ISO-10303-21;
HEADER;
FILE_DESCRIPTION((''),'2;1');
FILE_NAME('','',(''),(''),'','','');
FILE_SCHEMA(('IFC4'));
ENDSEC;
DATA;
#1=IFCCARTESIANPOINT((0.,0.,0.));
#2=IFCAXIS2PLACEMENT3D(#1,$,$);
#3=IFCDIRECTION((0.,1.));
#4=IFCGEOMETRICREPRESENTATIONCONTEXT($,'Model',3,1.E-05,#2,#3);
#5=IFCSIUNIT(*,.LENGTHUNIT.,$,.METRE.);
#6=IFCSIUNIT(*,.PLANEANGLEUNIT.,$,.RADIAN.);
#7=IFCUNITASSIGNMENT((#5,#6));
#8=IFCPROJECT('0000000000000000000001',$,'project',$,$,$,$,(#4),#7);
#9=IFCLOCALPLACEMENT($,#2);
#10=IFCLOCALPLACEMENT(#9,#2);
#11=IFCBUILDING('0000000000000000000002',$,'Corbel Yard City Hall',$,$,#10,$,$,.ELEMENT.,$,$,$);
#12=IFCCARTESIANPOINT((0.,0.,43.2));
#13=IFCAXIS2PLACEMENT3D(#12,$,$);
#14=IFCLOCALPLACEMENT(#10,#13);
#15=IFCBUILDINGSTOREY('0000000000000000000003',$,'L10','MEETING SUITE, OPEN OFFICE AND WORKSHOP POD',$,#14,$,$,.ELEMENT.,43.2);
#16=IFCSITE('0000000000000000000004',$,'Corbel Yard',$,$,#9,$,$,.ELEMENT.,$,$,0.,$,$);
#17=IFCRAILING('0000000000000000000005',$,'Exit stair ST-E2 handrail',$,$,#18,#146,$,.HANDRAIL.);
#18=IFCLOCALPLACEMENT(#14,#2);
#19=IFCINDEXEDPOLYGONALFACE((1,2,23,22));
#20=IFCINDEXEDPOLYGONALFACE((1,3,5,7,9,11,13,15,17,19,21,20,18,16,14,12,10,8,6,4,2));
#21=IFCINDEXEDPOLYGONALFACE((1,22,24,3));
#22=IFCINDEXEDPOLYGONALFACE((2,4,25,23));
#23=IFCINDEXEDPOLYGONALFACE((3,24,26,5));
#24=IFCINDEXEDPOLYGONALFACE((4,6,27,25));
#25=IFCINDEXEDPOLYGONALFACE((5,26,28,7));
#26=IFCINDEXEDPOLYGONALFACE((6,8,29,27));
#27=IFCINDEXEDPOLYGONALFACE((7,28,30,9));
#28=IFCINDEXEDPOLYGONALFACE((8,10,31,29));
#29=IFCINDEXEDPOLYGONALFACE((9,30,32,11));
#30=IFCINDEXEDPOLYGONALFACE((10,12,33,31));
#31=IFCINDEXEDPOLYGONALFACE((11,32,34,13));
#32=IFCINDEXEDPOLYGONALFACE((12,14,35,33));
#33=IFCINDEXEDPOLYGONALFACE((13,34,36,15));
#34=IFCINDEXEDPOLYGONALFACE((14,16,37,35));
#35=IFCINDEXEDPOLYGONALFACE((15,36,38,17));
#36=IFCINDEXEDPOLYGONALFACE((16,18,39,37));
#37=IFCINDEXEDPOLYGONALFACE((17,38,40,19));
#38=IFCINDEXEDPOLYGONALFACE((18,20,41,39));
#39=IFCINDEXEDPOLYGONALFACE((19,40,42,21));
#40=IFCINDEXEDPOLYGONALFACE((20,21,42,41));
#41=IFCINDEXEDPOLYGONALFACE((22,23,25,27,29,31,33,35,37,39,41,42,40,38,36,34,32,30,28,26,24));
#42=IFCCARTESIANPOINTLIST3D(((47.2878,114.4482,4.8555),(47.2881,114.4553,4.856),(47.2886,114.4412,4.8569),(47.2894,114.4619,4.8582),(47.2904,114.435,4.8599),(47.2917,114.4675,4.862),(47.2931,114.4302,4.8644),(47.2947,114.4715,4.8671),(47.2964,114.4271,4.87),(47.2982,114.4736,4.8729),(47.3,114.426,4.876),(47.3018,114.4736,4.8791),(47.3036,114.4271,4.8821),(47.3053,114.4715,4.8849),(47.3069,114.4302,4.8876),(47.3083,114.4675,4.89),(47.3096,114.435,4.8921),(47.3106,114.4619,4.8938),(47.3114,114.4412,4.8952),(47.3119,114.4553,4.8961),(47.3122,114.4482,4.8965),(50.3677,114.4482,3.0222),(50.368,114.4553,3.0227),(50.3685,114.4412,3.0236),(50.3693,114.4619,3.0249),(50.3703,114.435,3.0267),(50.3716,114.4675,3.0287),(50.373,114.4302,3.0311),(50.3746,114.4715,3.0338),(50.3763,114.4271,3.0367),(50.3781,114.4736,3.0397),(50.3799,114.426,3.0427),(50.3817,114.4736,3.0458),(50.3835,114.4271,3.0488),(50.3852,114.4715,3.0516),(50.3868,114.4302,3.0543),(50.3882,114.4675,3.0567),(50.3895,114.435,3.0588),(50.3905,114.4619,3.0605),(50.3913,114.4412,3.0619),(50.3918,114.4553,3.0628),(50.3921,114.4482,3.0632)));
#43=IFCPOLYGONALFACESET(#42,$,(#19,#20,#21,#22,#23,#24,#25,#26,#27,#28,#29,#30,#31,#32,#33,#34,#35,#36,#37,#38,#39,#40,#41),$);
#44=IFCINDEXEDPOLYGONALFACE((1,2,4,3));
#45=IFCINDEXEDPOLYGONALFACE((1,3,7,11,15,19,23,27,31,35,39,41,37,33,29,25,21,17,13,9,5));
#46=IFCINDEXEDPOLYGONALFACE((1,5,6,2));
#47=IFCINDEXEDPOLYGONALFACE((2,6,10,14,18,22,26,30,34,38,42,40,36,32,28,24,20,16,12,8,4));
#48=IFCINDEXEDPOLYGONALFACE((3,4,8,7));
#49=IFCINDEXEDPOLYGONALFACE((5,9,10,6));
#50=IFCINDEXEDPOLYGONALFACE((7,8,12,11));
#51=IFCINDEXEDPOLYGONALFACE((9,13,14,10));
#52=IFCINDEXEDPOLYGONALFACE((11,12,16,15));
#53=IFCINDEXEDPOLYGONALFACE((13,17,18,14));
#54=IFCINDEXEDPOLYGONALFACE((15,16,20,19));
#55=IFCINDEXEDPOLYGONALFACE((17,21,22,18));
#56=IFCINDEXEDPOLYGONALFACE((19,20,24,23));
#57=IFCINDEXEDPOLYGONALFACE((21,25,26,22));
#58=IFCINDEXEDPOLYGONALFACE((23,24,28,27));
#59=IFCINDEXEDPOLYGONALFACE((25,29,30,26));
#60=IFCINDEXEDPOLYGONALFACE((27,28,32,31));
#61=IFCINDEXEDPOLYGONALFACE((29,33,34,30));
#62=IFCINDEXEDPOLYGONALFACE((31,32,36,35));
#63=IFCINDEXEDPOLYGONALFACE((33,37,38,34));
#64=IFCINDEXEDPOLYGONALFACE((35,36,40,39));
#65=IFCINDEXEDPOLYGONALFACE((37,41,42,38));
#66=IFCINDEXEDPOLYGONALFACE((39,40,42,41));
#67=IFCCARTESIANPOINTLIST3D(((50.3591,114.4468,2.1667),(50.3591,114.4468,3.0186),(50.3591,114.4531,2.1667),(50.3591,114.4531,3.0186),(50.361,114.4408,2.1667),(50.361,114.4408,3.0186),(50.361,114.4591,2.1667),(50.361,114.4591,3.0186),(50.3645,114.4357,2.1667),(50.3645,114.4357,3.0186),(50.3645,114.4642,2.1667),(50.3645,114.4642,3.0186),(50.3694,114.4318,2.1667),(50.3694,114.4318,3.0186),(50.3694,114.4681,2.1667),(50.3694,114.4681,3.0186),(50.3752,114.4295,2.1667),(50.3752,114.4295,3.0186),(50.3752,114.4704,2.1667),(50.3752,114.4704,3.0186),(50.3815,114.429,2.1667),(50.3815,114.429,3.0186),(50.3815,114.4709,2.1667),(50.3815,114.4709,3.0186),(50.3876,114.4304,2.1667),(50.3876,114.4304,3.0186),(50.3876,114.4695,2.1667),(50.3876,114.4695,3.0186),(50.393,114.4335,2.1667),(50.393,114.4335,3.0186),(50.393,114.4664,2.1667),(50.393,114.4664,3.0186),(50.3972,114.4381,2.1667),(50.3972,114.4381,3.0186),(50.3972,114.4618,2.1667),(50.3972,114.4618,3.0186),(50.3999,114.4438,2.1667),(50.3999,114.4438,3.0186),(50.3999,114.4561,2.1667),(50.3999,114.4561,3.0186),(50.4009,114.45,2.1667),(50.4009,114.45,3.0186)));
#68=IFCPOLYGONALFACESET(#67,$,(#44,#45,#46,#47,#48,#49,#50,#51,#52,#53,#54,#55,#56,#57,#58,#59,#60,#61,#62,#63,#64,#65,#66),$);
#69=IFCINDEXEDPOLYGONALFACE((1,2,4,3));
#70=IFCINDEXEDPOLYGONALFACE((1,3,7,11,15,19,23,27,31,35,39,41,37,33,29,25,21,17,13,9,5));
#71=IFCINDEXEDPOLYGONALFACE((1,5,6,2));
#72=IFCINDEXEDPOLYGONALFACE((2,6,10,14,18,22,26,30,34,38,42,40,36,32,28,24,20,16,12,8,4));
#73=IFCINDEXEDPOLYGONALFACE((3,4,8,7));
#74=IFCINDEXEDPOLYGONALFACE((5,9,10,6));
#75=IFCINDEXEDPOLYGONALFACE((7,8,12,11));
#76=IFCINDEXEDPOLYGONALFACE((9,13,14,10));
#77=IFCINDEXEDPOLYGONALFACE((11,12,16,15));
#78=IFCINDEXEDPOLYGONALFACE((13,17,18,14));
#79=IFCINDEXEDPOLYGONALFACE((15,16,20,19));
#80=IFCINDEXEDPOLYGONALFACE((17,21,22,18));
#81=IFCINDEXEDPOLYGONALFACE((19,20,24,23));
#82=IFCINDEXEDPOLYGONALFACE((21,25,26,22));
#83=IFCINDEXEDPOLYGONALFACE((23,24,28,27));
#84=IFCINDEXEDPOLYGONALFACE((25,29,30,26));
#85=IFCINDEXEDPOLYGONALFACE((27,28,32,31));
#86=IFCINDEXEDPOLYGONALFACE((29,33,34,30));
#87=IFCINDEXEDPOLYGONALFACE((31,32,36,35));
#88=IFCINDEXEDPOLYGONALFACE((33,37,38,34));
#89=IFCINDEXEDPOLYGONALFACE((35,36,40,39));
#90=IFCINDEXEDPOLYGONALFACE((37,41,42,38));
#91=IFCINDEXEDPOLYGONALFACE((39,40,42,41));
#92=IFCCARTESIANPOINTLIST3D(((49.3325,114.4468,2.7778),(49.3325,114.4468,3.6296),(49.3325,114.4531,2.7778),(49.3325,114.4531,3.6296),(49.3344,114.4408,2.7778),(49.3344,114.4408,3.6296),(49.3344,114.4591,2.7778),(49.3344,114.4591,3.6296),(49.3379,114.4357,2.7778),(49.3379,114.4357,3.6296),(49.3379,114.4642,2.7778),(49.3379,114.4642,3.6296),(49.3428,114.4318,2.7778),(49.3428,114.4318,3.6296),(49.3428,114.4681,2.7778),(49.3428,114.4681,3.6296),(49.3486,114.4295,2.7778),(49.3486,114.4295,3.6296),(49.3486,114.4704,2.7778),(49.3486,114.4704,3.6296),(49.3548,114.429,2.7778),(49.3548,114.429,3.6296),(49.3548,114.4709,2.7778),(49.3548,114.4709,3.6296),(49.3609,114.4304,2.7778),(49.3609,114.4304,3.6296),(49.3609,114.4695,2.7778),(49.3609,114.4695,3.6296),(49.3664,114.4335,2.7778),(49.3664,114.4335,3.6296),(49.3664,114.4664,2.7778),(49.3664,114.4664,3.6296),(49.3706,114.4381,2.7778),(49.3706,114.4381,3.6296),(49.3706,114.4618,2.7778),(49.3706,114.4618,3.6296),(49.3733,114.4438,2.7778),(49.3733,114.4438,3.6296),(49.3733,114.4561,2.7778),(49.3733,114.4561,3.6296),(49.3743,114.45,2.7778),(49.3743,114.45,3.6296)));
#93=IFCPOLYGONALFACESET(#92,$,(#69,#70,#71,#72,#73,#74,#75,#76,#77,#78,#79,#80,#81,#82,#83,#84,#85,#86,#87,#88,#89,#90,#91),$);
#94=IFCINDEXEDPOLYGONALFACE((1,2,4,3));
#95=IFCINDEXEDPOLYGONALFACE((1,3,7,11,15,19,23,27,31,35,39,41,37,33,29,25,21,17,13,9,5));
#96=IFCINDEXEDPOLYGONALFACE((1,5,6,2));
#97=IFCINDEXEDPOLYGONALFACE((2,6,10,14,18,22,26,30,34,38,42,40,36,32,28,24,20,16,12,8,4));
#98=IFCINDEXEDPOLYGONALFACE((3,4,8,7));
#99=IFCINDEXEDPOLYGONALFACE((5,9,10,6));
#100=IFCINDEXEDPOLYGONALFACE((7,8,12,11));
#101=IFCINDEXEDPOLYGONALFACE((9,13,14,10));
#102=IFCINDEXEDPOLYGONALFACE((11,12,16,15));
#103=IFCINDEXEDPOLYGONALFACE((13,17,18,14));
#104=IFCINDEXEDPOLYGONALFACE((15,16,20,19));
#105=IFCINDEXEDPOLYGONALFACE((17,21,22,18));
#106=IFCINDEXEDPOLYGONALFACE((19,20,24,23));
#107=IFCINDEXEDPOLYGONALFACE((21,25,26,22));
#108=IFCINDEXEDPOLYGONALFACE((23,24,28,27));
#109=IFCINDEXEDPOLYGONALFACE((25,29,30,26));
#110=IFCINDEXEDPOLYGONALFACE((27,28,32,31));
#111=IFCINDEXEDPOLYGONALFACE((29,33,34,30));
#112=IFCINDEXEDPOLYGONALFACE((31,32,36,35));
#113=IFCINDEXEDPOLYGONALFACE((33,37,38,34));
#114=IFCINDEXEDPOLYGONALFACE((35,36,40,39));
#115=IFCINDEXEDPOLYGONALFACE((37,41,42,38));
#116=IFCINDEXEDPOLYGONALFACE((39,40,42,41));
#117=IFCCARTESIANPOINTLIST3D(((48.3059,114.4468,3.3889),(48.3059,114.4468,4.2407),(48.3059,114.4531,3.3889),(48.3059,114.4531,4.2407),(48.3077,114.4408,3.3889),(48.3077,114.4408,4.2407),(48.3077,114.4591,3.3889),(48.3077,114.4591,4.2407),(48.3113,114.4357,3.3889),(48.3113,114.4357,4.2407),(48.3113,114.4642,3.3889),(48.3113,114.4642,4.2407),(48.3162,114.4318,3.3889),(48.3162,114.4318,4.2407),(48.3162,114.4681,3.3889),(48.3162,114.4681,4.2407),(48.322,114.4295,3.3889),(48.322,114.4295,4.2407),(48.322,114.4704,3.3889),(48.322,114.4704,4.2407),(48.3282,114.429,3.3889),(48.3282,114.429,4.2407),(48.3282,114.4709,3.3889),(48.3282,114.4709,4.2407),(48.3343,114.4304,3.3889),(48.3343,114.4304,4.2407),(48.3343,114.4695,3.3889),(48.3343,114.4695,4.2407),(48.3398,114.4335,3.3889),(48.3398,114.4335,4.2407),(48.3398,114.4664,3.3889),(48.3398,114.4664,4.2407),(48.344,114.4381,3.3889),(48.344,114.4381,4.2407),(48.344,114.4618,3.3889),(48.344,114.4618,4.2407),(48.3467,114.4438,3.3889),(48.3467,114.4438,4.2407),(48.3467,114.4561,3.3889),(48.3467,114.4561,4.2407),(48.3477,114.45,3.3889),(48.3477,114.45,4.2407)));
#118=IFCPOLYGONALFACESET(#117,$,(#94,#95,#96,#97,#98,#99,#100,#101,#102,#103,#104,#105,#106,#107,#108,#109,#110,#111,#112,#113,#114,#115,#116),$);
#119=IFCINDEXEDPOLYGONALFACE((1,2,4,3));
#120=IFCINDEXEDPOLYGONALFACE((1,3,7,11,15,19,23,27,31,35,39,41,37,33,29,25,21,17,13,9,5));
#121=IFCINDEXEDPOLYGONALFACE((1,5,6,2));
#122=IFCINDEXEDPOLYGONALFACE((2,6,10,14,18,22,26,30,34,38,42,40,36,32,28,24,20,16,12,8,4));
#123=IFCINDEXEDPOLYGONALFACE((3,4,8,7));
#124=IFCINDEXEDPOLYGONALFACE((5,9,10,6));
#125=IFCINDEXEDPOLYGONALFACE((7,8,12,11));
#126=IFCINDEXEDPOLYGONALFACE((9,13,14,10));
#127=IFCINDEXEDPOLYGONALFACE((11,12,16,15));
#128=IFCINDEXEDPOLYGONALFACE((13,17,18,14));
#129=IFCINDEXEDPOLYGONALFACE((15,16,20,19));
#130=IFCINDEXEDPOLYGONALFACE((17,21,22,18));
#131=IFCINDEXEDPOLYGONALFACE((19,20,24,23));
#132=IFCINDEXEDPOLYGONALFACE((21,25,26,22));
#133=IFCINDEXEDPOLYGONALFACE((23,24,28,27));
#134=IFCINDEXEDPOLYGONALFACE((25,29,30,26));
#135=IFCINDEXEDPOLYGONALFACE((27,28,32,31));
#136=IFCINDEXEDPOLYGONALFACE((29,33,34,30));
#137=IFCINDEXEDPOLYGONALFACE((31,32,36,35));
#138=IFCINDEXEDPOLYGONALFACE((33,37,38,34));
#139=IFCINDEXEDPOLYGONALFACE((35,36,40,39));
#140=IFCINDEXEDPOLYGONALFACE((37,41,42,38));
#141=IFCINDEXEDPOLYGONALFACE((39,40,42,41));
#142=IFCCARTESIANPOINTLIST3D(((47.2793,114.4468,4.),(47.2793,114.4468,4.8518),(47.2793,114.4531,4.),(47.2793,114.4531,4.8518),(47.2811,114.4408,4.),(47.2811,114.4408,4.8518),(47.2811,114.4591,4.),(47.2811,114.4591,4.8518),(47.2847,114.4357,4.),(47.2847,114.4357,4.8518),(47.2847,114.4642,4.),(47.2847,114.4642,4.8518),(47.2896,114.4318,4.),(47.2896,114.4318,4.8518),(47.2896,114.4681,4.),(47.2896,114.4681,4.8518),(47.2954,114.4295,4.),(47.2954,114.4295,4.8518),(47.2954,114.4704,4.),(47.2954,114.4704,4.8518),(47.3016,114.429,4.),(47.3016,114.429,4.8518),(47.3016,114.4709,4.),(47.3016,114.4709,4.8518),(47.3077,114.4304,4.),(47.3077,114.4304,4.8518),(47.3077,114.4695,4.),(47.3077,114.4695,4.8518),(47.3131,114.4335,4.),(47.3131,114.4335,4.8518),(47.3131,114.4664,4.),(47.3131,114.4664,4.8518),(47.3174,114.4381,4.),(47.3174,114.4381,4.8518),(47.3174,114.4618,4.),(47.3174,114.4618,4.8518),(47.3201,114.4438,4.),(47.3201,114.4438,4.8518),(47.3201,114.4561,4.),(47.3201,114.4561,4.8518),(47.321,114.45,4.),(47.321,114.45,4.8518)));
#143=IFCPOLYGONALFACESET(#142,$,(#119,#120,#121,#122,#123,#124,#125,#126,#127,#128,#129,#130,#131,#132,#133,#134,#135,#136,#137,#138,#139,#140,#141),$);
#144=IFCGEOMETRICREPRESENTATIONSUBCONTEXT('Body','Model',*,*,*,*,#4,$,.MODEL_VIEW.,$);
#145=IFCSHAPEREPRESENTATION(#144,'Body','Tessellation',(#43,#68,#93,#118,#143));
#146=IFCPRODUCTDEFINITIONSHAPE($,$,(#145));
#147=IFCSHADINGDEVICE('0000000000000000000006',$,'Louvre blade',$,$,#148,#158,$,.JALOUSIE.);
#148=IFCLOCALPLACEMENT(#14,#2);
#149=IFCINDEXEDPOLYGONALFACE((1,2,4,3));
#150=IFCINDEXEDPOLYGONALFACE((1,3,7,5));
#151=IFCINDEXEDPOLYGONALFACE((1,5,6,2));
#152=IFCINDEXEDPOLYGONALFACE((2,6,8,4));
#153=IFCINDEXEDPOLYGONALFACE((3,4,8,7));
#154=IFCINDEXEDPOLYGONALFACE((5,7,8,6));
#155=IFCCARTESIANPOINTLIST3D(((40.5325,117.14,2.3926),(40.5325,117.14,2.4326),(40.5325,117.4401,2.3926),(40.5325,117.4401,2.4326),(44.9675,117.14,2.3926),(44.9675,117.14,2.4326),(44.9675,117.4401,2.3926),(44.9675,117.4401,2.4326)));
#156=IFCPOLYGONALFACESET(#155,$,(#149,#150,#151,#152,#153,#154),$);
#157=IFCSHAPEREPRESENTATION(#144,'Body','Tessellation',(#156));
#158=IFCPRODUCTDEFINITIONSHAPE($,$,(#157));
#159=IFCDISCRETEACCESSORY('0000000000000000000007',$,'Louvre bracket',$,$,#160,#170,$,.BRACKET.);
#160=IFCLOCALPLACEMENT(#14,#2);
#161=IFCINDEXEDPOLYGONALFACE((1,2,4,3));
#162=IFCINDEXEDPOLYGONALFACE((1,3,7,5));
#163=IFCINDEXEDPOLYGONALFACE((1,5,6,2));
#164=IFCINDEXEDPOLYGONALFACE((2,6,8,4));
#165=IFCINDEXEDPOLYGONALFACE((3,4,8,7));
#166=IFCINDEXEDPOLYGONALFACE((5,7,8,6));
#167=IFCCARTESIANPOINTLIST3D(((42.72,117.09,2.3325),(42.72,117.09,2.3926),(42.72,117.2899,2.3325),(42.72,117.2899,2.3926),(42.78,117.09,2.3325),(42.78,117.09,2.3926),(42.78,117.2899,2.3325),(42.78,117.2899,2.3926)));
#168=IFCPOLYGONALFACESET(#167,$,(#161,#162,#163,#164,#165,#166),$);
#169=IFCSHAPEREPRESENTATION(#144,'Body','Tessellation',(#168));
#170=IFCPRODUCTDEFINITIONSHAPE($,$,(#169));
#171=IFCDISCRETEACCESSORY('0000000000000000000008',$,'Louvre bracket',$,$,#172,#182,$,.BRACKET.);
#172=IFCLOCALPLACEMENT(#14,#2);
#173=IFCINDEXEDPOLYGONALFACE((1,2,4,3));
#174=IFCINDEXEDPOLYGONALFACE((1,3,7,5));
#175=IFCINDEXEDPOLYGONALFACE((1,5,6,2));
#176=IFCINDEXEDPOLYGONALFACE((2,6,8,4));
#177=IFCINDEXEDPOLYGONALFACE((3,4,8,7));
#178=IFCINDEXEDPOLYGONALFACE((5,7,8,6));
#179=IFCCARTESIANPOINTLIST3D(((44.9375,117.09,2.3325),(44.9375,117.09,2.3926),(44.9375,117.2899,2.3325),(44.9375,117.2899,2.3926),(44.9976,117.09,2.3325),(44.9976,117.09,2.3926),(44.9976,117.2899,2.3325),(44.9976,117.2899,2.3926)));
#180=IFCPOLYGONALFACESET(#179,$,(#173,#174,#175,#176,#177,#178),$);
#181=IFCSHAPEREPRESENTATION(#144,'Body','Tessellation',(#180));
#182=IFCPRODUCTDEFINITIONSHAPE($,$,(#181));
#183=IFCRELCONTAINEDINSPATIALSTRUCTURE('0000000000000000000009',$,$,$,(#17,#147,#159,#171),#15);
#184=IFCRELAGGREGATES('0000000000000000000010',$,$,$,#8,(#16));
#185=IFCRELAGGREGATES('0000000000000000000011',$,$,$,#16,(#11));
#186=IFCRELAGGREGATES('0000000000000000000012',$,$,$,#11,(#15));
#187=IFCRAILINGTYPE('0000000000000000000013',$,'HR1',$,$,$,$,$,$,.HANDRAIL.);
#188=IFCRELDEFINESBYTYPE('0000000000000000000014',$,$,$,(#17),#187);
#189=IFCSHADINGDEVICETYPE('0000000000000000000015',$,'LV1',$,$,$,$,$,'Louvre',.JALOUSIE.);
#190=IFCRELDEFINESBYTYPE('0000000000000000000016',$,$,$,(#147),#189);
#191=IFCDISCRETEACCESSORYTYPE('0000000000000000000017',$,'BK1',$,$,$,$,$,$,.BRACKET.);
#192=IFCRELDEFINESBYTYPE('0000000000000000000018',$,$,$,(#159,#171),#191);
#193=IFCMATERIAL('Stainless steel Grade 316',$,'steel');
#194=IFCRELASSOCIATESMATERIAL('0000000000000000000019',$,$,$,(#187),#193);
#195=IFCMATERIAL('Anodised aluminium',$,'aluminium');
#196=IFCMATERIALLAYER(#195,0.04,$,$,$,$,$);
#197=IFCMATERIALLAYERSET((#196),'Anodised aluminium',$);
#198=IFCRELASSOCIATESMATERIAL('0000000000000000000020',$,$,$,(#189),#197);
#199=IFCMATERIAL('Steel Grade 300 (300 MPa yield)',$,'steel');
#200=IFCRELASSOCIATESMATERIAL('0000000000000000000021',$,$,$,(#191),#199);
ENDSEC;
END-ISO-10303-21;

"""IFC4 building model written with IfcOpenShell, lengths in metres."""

from ifc_helpers import new_model, si_unit, direction, frame, origin, origin_2d, place, context, subcontext, project, spatial, rectangle, circle, extrude, material, layer, layer_set, type_object, element, save


model = new_model("IFC4")

# Units and contexts
model_context = context("Model", 3, precision=1e-05, world=origin(), true_north=direction((0.0, 1.0)))
body_context = subcontext(model_context, "Body", "Model", "MODEL_VIEW")
ifc_project = project(units=[si_unit("LENGTHUNIT", "METRE"), si_unit("PLANEANGLEUNIT", "RADIAN")], contexts=[model_context])

# Site, building, storey
site_placement = place(None, origin())
site = spatial("IfcSite", under=ifc_project, at=site_placement, Name="Corbel Yard", CompositionType="ELEMENT", RefElevation=0.0)
building_placement = place(site_placement, origin())
building = spatial("IfcBuilding", under=site, at=building_placement, Name="Corbel Yard City Hall", CompositionType="ELEMENT")
storey_placement = place(building_placement, frame((0.0, 0.0, 43.2)))
storey = spatial("IfcBuildingStorey", under=building, at=storey_placement, Name="L10", Description="MEETING SUITE, OPEN OFFICE AND WORKSHOP POD", CompositionType="ELEMENT", Elevation=43.2)

# Railing
ifc_material_1 = material(Name="Stainless steel Grade 316", Category="steel")
railing_type = type_object("IfcRailingType", Name="HR1", PredefinedType="HANDRAIL", material=ifc_material_1)
railing_placement = place(storey_placement, frame((50.3799, 114.45, 2.1667)))
element("IfcRailing", 1, at=railing_placement, inside=storey, type_object=railing_type, Name="Exit stair ST-E2 handrail", PredefinedType="HANDRAIL", context=body_context, shape_type="SweptSolid", body=[
    extrude(circle(Radius=0.0239, at=origin_2d()), frame((0.0, 0.0, 0.876), z_axis=(-0.859291, 0.0, 0.511487), x_axis=(0.0, -1.0, 0.0)), (0.0, 0.0, 1.0), 3.5842),
    extrude(circle(Radius=0.021, at=origin_2d()), origin(), (0.0, 0.0, 1.0), 0.8518),
    extrude(circle(Radius=0.021, at=origin_2d()), frame((-1.0266, 0.0, 0.6111)), (0.0, 0.0, 1.0), 0.8518),
    extrude(circle(Radius=0.021, at=origin_2d()), frame((-2.0532, 0.0, 1.2222)), (0.0, 0.0, 1.0), 0.8518),
    extrude(circle(Radius=0.021, at=origin_2d()), frame((-3.0798, 0.0, 1.8333)), (0.0, 0.0, 1.0), 0.8518),
])

# Shading device
ifc_material_2 = material(Name="Anodised aluminium", Category="aluminium")
ifc_layer_1 = layer(ifc_material_2, 0.04)
ifc_layer_set_1 = layer_set([ifc_layer_1], Name="Anodised aluminium")
shading_device_type = type_object("IfcShadingDeviceType", Name="LV1", ElementType="Louvre", PredefinedType="JALOUSIE", material=ifc_layer_set_1)
shading_device_placement = place(storey_placement, frame((42.75, 117.29, 2.3926), z_axis=(0.0, 0.0, 1.0), x_axis=(1.0, 0.0, 0.0)))
element("IfcShadingDevice", 2, at=shading_device_placement, inside=storey, type_object=shading_device_type, Name="Louvre blade", PredefinedType="JALOUSIE", context=body_context, shape_type="SweptSolid", body=[
    extrude(rectangle(XDim=4.4351, YDim=0.3, at=origin_2d()), origin(), (0.0, 0.0, 1.0), 0.04),
])

# Discrete accessories
ifc_material_3 = material(Name="Steel Grade 300 (300 MPa yield)", Category="steel")
discrete_accessory_type = type_object("IfcDiscreteAccessoryType", Name="BK1", PredefinedType="BRACKET", material=ifc_material_3)
for number, where, z_axis, x_axis, name in (
    (3, (42.75, 117.1899, 2.3325), (0.0, 0.0, 1.0), (1.0, 0.0, 0.0), "Louvre bracket"),
    (4, (44.9675, 117.1899, 2.3325), (0.0, 0.0, 1.0), (1.0, 0.0, 0.0), "Louvre bracket"),
):
    element("IfcDiscreteAccessory", number, at=place(storey_placement, frame(where, z_axis=z_axis, x_axis=x_axis)), inside=storey, type_object=discrete_accessory_type, Name=name, PredefinedType="BRACKET", context=body_context, shape_type="SweptSolid", body=[
        extrude(rectangle(XDim=0.0601, YDim=0.2, at=origin_2d()), origin(), (0.0, 0.0, 1.0), 0.0601),
    ])

save(model, "model.ifc")
